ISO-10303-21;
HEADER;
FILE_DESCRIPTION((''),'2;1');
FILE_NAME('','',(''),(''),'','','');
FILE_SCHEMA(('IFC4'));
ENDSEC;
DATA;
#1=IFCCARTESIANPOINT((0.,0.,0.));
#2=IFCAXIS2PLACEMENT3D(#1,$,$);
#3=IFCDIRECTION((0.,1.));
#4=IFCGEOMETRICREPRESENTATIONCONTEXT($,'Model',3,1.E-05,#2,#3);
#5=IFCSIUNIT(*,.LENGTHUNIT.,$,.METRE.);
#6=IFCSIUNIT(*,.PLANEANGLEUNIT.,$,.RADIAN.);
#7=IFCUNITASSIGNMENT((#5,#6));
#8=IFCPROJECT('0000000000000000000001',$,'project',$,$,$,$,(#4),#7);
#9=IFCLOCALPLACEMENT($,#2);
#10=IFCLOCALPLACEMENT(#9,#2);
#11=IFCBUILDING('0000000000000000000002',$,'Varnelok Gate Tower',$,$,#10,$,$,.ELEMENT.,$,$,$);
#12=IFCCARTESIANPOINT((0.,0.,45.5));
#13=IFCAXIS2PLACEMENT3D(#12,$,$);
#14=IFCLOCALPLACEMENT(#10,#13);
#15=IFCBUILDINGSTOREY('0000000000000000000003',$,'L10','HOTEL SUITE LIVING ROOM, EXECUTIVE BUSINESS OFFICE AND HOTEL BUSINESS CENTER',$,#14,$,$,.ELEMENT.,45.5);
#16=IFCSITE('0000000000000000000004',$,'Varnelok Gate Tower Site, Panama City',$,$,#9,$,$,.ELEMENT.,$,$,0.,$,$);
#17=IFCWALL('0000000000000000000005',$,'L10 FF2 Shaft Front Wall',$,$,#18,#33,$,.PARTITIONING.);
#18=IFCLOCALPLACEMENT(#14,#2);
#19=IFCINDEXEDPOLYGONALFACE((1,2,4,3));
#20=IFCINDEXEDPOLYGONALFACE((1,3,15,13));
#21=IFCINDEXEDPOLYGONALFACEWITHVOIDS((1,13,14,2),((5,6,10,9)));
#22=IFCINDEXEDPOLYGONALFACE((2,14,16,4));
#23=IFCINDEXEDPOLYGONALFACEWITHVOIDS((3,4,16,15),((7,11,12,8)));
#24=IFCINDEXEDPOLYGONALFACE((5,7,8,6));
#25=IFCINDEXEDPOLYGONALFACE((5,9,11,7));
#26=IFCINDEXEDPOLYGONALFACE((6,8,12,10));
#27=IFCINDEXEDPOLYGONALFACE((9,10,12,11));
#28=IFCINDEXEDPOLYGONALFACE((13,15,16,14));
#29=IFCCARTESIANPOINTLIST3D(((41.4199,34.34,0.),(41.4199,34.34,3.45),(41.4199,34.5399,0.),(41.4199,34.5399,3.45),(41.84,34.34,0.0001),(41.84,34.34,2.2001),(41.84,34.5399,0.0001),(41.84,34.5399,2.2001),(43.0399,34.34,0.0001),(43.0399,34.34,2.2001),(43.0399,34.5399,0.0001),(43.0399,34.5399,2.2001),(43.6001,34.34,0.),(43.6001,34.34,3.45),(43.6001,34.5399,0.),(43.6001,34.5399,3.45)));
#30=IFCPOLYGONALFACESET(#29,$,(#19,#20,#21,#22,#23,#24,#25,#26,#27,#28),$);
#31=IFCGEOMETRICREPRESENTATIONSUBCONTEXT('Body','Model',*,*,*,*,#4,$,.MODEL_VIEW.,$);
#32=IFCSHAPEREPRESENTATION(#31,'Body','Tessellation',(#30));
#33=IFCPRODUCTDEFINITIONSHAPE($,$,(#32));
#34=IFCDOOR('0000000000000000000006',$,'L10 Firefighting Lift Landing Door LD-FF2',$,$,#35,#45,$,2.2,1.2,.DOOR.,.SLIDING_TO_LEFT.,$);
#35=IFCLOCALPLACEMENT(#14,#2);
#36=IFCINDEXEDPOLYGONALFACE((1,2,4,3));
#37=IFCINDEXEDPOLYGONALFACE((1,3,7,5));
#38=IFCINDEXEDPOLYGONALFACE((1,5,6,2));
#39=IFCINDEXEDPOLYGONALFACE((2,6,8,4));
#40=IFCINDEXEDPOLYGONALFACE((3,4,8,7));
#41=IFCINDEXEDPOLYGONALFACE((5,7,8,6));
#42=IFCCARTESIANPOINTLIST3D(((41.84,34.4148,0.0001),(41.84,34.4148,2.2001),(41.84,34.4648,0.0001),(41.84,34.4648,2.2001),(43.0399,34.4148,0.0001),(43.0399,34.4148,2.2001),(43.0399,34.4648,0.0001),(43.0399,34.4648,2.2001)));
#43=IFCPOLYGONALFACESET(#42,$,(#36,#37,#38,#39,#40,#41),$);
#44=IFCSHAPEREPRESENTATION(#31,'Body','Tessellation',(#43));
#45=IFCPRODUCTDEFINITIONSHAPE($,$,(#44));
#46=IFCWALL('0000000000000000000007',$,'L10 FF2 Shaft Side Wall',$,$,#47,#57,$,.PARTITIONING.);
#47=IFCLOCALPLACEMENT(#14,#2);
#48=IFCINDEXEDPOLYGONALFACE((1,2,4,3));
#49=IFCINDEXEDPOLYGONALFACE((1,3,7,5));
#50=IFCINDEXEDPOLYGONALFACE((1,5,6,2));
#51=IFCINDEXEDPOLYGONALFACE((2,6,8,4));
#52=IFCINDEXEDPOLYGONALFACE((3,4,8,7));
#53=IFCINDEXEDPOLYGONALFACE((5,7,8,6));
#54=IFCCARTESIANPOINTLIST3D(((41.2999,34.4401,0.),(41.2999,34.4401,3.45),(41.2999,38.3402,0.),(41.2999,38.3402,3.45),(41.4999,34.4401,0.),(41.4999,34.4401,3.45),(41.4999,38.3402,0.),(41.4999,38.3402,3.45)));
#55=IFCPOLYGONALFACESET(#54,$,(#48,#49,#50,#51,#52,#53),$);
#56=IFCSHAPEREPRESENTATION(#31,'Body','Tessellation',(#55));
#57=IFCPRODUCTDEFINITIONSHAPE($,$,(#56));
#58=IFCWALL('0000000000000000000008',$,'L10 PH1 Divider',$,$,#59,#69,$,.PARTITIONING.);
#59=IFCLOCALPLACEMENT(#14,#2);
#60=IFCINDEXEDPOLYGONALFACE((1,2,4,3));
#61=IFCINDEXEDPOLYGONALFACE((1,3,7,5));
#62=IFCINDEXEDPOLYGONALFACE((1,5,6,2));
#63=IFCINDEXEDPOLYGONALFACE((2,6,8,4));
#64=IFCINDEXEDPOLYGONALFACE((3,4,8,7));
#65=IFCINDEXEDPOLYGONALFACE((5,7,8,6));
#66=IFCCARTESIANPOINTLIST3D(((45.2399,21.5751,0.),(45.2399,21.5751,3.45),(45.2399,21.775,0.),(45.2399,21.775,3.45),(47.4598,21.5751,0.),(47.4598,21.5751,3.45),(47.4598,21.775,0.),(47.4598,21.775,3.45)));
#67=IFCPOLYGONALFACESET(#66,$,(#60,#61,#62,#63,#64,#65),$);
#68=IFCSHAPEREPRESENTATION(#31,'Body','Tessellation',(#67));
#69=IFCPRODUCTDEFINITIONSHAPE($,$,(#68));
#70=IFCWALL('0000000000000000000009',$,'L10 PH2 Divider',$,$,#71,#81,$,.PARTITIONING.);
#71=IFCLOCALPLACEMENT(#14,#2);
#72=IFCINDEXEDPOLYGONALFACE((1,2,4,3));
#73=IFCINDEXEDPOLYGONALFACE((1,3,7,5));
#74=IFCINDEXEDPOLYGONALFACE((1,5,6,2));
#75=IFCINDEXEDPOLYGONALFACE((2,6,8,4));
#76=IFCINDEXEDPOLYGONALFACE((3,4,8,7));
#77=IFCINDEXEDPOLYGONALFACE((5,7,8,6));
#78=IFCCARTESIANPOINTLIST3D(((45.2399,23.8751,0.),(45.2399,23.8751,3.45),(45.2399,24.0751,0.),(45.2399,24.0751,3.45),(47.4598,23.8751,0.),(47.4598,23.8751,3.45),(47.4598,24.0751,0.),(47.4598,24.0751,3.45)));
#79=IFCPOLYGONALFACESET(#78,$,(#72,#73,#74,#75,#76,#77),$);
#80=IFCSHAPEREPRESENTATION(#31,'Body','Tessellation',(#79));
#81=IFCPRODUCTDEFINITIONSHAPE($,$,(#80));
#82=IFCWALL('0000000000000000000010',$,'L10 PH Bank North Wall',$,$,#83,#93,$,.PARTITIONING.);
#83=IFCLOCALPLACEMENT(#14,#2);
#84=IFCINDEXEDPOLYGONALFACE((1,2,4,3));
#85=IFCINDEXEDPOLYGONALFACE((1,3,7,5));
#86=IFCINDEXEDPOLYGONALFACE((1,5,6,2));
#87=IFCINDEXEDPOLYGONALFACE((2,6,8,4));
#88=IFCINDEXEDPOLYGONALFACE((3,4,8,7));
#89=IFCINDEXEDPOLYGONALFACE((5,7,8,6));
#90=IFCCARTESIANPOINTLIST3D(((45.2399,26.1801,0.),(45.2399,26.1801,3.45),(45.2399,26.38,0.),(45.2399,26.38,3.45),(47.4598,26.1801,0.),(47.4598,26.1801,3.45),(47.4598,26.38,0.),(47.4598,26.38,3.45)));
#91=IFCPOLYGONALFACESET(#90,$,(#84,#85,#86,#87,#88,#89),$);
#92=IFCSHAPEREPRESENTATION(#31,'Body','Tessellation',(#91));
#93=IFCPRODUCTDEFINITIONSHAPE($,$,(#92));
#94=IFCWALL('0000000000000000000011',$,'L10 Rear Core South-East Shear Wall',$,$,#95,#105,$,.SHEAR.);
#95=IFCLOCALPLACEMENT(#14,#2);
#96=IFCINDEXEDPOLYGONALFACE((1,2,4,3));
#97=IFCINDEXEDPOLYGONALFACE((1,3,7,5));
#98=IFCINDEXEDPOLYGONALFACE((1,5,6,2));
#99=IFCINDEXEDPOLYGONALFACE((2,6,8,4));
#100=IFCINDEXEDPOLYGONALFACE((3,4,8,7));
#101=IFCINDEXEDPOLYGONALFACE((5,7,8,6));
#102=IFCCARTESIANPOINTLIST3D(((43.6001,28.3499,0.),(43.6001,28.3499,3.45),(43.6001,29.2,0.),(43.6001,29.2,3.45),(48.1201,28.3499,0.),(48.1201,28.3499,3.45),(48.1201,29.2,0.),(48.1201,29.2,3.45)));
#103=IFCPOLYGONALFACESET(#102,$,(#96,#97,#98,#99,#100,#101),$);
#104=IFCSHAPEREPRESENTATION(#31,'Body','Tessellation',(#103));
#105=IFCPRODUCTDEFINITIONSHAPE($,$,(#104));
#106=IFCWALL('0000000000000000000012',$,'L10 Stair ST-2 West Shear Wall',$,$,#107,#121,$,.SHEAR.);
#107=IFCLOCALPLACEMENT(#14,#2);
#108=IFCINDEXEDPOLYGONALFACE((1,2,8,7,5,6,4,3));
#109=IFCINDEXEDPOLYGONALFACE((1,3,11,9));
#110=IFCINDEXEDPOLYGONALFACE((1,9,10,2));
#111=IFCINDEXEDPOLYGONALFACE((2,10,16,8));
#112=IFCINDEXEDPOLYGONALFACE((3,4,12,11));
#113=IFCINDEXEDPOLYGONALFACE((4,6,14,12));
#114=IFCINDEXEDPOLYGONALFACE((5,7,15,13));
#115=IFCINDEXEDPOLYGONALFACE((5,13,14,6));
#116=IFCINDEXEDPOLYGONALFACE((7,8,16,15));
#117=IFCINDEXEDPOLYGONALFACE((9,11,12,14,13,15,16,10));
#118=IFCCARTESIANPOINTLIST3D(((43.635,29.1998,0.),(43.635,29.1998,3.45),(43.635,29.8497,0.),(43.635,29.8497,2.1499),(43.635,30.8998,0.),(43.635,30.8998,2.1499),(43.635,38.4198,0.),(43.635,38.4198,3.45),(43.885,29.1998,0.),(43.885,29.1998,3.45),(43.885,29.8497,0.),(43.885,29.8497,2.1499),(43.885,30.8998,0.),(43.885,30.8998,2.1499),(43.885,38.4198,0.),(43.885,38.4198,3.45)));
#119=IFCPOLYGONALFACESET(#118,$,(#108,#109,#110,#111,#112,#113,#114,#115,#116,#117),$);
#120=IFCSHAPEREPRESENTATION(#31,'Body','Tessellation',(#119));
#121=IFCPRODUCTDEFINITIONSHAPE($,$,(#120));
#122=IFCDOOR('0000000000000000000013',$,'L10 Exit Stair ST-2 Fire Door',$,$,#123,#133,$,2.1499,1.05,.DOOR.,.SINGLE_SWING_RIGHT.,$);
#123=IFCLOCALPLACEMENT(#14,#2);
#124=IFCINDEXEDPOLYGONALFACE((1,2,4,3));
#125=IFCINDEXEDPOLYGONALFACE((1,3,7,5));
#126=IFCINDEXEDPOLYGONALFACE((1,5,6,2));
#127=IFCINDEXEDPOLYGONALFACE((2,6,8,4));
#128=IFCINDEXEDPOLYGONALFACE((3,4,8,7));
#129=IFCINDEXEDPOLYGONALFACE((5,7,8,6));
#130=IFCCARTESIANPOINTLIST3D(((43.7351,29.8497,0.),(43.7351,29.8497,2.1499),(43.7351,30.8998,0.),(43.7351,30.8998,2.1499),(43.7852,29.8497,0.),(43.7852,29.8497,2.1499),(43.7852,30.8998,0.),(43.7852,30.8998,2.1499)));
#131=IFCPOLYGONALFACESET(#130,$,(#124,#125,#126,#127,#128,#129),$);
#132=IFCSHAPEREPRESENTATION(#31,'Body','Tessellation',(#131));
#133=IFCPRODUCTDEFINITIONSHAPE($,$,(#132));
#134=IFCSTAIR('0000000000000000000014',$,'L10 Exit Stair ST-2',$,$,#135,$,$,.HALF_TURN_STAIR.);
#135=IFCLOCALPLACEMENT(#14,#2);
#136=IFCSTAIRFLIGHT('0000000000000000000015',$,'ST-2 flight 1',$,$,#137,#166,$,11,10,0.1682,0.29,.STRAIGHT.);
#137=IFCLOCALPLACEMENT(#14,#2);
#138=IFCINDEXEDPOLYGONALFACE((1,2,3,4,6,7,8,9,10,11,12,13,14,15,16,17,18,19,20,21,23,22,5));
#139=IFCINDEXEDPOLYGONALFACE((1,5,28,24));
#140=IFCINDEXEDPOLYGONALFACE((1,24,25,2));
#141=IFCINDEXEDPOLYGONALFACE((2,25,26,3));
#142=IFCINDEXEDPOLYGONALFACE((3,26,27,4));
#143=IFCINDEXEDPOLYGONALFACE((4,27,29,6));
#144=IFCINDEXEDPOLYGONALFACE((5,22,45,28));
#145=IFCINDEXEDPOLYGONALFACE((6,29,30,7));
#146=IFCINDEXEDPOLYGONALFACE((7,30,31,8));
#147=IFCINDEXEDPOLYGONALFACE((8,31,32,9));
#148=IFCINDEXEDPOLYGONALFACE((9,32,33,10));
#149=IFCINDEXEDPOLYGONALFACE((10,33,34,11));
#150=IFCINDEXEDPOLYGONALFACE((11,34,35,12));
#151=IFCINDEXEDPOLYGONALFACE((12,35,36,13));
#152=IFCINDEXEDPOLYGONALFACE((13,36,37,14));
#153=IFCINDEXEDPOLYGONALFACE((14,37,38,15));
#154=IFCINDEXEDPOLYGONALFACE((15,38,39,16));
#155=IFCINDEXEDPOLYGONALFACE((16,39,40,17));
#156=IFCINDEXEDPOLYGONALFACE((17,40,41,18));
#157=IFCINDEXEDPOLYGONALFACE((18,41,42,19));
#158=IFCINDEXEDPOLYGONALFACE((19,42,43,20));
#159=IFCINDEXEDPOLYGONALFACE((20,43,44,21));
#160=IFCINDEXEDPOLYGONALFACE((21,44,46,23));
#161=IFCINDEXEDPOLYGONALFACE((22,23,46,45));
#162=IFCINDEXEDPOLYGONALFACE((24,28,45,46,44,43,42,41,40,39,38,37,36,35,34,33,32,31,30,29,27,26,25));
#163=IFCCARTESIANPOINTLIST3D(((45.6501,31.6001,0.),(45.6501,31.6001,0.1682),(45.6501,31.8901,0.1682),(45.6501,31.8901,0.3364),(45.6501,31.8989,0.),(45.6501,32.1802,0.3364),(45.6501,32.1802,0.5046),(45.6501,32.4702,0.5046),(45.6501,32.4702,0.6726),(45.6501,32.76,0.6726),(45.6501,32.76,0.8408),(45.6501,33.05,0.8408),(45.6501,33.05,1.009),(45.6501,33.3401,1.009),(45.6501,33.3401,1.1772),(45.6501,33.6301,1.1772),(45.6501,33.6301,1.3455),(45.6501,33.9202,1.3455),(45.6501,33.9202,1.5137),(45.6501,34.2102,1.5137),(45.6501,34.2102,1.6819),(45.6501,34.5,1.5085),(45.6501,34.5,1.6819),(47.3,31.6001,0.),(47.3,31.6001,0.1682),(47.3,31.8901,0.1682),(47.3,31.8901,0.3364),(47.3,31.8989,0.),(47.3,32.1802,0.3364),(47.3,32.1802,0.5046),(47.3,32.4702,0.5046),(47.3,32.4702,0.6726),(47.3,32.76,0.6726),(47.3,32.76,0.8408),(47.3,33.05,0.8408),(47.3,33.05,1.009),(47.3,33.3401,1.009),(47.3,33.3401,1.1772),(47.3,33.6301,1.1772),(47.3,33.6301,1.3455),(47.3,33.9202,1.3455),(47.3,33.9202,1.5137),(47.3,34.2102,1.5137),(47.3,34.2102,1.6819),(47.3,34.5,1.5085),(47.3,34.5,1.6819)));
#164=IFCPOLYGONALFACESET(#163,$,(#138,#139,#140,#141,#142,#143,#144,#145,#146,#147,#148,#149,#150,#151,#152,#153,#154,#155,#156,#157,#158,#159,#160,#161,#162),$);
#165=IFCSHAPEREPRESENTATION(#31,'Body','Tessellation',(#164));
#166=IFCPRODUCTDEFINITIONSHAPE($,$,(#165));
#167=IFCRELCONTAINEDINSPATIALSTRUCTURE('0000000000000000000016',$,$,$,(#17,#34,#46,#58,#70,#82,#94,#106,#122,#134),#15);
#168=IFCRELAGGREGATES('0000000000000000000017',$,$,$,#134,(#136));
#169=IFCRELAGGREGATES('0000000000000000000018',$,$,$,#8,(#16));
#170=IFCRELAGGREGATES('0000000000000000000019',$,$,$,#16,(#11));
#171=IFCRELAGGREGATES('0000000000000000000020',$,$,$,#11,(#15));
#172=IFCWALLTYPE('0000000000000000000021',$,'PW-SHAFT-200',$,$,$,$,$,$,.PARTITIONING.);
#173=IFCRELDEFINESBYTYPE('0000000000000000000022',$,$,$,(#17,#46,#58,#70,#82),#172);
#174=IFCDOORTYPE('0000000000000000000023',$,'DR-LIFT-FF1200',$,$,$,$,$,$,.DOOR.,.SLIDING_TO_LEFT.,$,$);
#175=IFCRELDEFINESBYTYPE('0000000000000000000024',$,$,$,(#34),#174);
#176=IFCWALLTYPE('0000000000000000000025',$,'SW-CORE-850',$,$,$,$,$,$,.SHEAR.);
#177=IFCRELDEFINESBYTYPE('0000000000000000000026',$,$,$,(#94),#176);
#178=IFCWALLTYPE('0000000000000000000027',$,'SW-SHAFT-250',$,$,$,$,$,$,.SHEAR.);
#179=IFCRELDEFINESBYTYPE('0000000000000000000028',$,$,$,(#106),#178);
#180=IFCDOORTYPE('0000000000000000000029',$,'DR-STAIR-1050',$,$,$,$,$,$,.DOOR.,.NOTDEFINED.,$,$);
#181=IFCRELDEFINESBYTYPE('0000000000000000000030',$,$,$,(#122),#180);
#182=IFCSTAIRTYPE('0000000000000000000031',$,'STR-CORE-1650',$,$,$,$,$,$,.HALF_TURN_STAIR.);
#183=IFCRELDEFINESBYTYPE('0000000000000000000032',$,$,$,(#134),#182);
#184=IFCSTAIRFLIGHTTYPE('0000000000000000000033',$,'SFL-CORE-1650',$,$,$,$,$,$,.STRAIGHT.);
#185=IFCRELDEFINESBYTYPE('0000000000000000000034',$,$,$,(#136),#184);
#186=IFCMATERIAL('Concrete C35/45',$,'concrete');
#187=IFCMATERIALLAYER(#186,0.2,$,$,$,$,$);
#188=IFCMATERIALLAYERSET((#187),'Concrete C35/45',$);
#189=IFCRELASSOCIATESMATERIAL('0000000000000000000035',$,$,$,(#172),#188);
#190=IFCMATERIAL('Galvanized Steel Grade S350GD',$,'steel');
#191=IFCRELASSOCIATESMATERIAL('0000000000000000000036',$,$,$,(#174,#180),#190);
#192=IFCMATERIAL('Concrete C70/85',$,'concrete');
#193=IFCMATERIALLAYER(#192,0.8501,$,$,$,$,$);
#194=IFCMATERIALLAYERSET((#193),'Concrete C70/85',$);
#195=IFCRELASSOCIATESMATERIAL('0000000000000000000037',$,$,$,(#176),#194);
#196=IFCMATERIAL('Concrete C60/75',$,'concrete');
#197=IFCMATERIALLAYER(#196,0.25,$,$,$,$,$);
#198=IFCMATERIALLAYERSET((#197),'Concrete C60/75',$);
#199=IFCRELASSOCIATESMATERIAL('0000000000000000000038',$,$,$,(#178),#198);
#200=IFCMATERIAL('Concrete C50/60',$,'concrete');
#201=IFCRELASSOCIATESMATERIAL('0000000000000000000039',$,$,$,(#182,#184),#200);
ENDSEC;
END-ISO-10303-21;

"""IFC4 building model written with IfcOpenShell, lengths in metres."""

from ifc_helpers import new_model, si_unit, direction, frame, frame_2d, origin, place, context, subcontext, project, spatial, polyline, rectangle, outline, extrude, material, layer, layer_set, type_object, element, fill, aggregate, save


model = new_model("IFC4")

# Units and contexts
model_context = context("Model", 3, precision=1e-05, world=origin(), true_north=direction((0.0, 1.0)))
body_context = subcontext(model_context, "Body", "Model", "MODEL_VIEW")
ifc_project = project(units=[si_unit("LENGTHUNIT", "METRE"), si_unit("PLANEANGLEUNIT", "RADIAN")], contexts=[model_context])

# Site, building, storey
site_placement = place(None, origin())
site = spatial("IfcSite", under=ifc_project, at=site_placement, Name="Varnelok Gate Tower Site, Panama City", CompositionType="ELEMENT", RefElevation=0.0)
building_placement = place(site_placement, origin())
building = spatial("IfcBuilding", under=site, at=building_placement, Name="Varnelok Gate Tower", CompositionType="ELEMENT")
storey_placement = place(building_placement, frame((0.0, 0.0, 45.5)))
storey = spatial("IfcBuildingStorey", under=building, at=storey_placement, Name="L10", Description="HOTEL SUITE LIVING ROOM, EXECUTIVE BUSINESS OFFICE AND HOTEL BUSINESS CENTER", CompositionType="ELEMENT", Elevation=45.5)

# Shared definitions
ifc_material_1 = material(Name="Concrete C70/85", Category="concrete")

# Shared definitions
ifc_material_2 = material(Name="Galvanized Steel Grade S350GD", Category="steel")

# Shared definitions
ifc_material_3 = material(Name="Concrete C35/45", Category="concrete")
ifc_layer_1 = layer(ifc_material_3, 0.2)
ifc_layer_set_1 = layer_set([ifc_layer_1], Name="Concrete C35/45")
wall_type_1 = type_object("IfcWallType", Name="PW-SHAFT-200", PredefinedType="PARTITIONING", material=ifc_layer_set_1)

# Wall, opening, door
wall_1_placement = place(storey_placement, frame((41.4199, 34.4399, 0.0), z_axis=(0.0, 0.0, 1.0), x_axis=(1.0, 0.0, 0.0)))
wall_1 = element("IfcWall", 1, at=wall_1_placement, inside=storey, type_object=wall_type_1, Name="L10 FF2 Shaft Front Wall", PredefinedType="PARTITIONING", context=body_context, shape_type="SweptSolid", body=[
    extrude(rectangle(XDim=2.1802, YDim=0.2, at=frame_2d((1.0901, 0.0))), origin(), (0.0, 0.0, 1.0), 3.45),
])
opening_1_placement = place(wall_1_placement, frame((0.4199, 0.0, 0.0)))
opening_1 = element("IfcOpeningElement", 2, at=opening_1_placement, cuts=wall_1, PredefinedType="OPENING", context=body_context, shape_type="SweptSolid", body=[
    extrude(rectangle(XDim=1.2, YDim=2.2, at=frame_2d((0.6001, 1.1001))), frame((0.0, 0.1099, 0.0), z_axis=(0.0, -1.0, 0.0), x_axis=(1.0, 0.0, 0.0)), (0.0, 0.0, 1.0), 0.22),
])
door_type_1 = type_object("IfcDoorType", Name="DR-LIFT-FF1200", OperationType="SLIDING_TO_LEFT", PredefinedType="DOOR", material=ifc_material_2)
door_1_placement = place(opening_1_placement, origin())
door_1 = element("IfcDoor", 3, at=door_1_placement, inside=storey, type_object=door_type_1, Name="L10 Firefighting Lift Landing Door LD-FF2", OperationType="SLIDING_TO_LEFT", OverallHeight=2.2, OverallWidth=1.2, PredefinedType="DOOR", context=body_context, shape_type="SweptSolid", body=[
    extrude(rectangle(XDim=1.2, YDim=2.2, at=frame_2d((0.6001, 1.1001))), frame((0.0, 0.0249, 0.0), z_axis=(0.0, -1.0, 0.0), x_axis=(1.0, 0.0, 0.0)), (0.0, 0.0, 1.0), 0.05),
])
fill(opening_1, door_1)

# Walls
wall_2_placement = place(storey_placement, frame((41.3999, 34.4399, 0.0), z_axis=(0.0, 0.0, 1.0), x_axis=(0.0, 1.0, 0.0)))
element("IfcWall", 4, at=wall_2_placement, inside=storey, type_object=wall_type_1, Name="L10 FF2 Shaft Side Wall", PredefinedType="PARTITIONING", context=body_context, shape_type="SweptSolid", body=[
    extrude(rectangle(XDim=3.9001, YDim=0.2, at=frame_2d((1.9502, 0.0))), origin(), (0.0, 0.0, 1.0), 3.45),
])
for number, where, z_axis, x_axis, name in (
    (5, (45.24, 21.675, 0.0), (0.0, 0.0, 1.0), (1.0, 0.0, 0.0), "L10 PH1 Divider"),
    (6, (45.24, 23.9751, 0.0), (0.0, 0.0, 1.0), (1.0, 0.0, 0.0), "L10 PH2 Divider"),
    (7, (45.24, 26.28, 0.0), (0.0, 0.0, 1.0), (1.0, 0.0, 0.0), "L10 PH Bank North Wall"),
):
    element("IfcWall", number, at=place(storey_placement, frame(where, z_axis=z_axis, x_axis=x_axis)), inside=storey, type_object=wall_type_1, Name=name, PredefinedType="PARTITIONING", context=body_context, shape_type="SweptSolid", body=[
        extrude(rectangle(XDim=2.22, YDim=0.2, at=frame_2d((1.1099, 0.0))), origin(), (0.0, 0.0, 1.0), 3.45),
    ])
ifc_layer_2 = layer(ifc_material_1, 0.8501)
ifc_layer_set_2 = layer_set([ifc_layer_2], Name="Concrete C70/85")
wall_type_2 = type_object("IfcWallType", Name="SW-CORE-850", PredefinedType="SHEAR", material=ifc_layer_set_2)
wall_3_placement = place(storey_placement, frame((43.6001, 28.7749, 0.0), z_axis=(0.0, 0.0, 1.0), x_axis=(1.0, 0.0, 0.0)))
element("IfcWall", 8, at=wall_3_placement, inside=storey, type_object=wall_type_2, Name="L10 Rear Core South-East Shear Wall", PredefinedType="SHEAR", context=body_context, shape_type="SweptSolid", body=[
    extrude(rectangle(XDim=4.52, YDim=0.8501, at=frame_2d((2.26, 0.0))), origin(), (0.0, 0.0, 1.0), 3.45),
])

# Wall, opening, door
ifc_material_4 = material(Name="Concrete C60/75", Category="concrete")
ifc_layer_3 = layer(ifc_material_4, 0.25)
ifc_layer_set_3 = layer_set([ifc_layer_3], Name="Concrete C60/75")
wall_type_3 = type_object("IfcWallType", Name="SW-SHAFT-250", PredefinedType="SHEAR", material=ifc_layer_set_3)
wall_4_placement = place(storey_placement, frame((43.76, 29.2, 0.0), z_axis=(0.0, 0.0, 1.0), x_axis=(0.0, 1.0, 0.0)))
wall_4 = element("IfcWall", 9, at=wall_4_placement, inside=storey, type_object=wall_type_3, Name="L10 Stair ST-2 West Shear Wall", PredefinedType="SHEAR", context=body_context, shape_type="SweptSolid", body=[
    extrude(rectangle(XDim=9.22, YDim=0.25, at=frame_2d((4.6099, 0.0))), origin(), (0.0, 0.0, 1.0), 3.45),
])
opening_2_placement = place(wall_4_placement, frame((0.6499, 0.0, 0.0)))
opening_2 = element("IfcOpeningElement", 10, at=opening_2_placement, cuts=wall_4, PredefinedType="OPENING", context=body_context, shape_type="SweptSolid", body=[
    extrude(rectangle(XDim=1.05, YDim=2.1499, at=frame_2d((0.5249, 1.075))), frame((0.0, 0.135, 0.0), z_axis=(0.0, -1.0, 0.0), x_axis=(1.0, 0.0, 0.0)), (0.0, 0.0, 1.0), 0.27),
])
door_type_2 = type_object("IfcDoorType", Name="DR-STAIR-1050", OperationType="NOTDEFINED", PredefinedType="DOOR", material=ifc_material_2)
door_2_placement = place(opening_2_placement, origin())
door_2 = element("IfcDoor", 11, at=door_2_placement, inside=storey, type_object=door_type_2, Name="L10 Exit Stair ST-2 Fire Door", OperationType="SINGLE_SWING_RIGHT", OverallHeight=2.1499, OverallWidth=1.05, PredefinedType="DOOR", context=body_context, shape_type="SweptSolid", body=[
    extrude(rectangle(XDim=1.05, YDim=2.1499, at=frame_2d((0.5249, 1.075))), frame((0.0, 0.0249, 0.0), z_axis=(0.0, -1.0, 0.0), x_axis=(1.0, 0.0, 0.0)), (0.0, 0.0, 1.0), 0.05),
])
fill(opening_2, door_2)

# Stair, stair flight
ifc_material_5 = material(Name="Concrete C50/60", Category="concrete")
stair_type = type_object("IfcStairType", Name="STR-CORE-1650", PredefinedType="HALF_TURN_STAIR", material=ifc_material_5)
stair_placement = place(storey_placement, origin())
stair = element("IfcStair", 12, at=stair_placement, inside=storey, type_object=stair_type, Name="L10 Exit Stair ST-2", PredefinedType="HALF_TURN_STAIR")
stair_flight_type = type_object("IfcStairFlightType", Name="SFL-CORE-1650", PredefinedType="STRAIGHT", material=ifc_material_5)
stair_flight_placement = place(storey_placement, frame((46.4751, 31.6001, 0.0), z_axis=(0.0, 0.0, 1.0), x_axis=(0.0, 1.0, 0.0)))
stair_flight = element("IfcStairFlight", 13, at=stair_flight_placement, type_object=stair_flight_type, Name="ST-2 flight 1", NumberOfRisers=11, NumberOfTreads=10, PredefinedType="STRAIGHT", RiserHeight=0.1682, TreadLength=0.29, context=body_context, shape_type="SweptSolid", body=[
    extrude(outline(polyline([(0.0, 0.0), (0.0, 0.1682), (0.29, 0.1682), (0.29, 0.3364), (0.5801, 0.3364), (0.5801, 0.5046), (0.8701, 0.5046), (0.8701, 0.6726), (1.1599, 0.6726), (1.1599, 0.8408), (1.45, 0.8408), (1.45, 1.009), (1.74, 1.009), (1.74, 1.1772), (2.03, 1.1772), (2.03, 1.3455), (2.3201, 1.3455), (2.3201, 1.5137), (2.6101, 1.5137), (2.6101, 1.6819), (2.8999, 1.6819), (2.8999, 1.8501), (2.8999, 1.5085), (0.2988, 0.0), (0.0, 0.0)])), frame((0.0, 0.825, 0.0), z_axis=(0.0, -1.0, 0.0), x_axis=(1.0, 0.0, 0.0)), (0.0, 0.0, 1.0), 1.6499),
])
aggregate(stair, [stair_flight])

save(model, "model.ifc")
